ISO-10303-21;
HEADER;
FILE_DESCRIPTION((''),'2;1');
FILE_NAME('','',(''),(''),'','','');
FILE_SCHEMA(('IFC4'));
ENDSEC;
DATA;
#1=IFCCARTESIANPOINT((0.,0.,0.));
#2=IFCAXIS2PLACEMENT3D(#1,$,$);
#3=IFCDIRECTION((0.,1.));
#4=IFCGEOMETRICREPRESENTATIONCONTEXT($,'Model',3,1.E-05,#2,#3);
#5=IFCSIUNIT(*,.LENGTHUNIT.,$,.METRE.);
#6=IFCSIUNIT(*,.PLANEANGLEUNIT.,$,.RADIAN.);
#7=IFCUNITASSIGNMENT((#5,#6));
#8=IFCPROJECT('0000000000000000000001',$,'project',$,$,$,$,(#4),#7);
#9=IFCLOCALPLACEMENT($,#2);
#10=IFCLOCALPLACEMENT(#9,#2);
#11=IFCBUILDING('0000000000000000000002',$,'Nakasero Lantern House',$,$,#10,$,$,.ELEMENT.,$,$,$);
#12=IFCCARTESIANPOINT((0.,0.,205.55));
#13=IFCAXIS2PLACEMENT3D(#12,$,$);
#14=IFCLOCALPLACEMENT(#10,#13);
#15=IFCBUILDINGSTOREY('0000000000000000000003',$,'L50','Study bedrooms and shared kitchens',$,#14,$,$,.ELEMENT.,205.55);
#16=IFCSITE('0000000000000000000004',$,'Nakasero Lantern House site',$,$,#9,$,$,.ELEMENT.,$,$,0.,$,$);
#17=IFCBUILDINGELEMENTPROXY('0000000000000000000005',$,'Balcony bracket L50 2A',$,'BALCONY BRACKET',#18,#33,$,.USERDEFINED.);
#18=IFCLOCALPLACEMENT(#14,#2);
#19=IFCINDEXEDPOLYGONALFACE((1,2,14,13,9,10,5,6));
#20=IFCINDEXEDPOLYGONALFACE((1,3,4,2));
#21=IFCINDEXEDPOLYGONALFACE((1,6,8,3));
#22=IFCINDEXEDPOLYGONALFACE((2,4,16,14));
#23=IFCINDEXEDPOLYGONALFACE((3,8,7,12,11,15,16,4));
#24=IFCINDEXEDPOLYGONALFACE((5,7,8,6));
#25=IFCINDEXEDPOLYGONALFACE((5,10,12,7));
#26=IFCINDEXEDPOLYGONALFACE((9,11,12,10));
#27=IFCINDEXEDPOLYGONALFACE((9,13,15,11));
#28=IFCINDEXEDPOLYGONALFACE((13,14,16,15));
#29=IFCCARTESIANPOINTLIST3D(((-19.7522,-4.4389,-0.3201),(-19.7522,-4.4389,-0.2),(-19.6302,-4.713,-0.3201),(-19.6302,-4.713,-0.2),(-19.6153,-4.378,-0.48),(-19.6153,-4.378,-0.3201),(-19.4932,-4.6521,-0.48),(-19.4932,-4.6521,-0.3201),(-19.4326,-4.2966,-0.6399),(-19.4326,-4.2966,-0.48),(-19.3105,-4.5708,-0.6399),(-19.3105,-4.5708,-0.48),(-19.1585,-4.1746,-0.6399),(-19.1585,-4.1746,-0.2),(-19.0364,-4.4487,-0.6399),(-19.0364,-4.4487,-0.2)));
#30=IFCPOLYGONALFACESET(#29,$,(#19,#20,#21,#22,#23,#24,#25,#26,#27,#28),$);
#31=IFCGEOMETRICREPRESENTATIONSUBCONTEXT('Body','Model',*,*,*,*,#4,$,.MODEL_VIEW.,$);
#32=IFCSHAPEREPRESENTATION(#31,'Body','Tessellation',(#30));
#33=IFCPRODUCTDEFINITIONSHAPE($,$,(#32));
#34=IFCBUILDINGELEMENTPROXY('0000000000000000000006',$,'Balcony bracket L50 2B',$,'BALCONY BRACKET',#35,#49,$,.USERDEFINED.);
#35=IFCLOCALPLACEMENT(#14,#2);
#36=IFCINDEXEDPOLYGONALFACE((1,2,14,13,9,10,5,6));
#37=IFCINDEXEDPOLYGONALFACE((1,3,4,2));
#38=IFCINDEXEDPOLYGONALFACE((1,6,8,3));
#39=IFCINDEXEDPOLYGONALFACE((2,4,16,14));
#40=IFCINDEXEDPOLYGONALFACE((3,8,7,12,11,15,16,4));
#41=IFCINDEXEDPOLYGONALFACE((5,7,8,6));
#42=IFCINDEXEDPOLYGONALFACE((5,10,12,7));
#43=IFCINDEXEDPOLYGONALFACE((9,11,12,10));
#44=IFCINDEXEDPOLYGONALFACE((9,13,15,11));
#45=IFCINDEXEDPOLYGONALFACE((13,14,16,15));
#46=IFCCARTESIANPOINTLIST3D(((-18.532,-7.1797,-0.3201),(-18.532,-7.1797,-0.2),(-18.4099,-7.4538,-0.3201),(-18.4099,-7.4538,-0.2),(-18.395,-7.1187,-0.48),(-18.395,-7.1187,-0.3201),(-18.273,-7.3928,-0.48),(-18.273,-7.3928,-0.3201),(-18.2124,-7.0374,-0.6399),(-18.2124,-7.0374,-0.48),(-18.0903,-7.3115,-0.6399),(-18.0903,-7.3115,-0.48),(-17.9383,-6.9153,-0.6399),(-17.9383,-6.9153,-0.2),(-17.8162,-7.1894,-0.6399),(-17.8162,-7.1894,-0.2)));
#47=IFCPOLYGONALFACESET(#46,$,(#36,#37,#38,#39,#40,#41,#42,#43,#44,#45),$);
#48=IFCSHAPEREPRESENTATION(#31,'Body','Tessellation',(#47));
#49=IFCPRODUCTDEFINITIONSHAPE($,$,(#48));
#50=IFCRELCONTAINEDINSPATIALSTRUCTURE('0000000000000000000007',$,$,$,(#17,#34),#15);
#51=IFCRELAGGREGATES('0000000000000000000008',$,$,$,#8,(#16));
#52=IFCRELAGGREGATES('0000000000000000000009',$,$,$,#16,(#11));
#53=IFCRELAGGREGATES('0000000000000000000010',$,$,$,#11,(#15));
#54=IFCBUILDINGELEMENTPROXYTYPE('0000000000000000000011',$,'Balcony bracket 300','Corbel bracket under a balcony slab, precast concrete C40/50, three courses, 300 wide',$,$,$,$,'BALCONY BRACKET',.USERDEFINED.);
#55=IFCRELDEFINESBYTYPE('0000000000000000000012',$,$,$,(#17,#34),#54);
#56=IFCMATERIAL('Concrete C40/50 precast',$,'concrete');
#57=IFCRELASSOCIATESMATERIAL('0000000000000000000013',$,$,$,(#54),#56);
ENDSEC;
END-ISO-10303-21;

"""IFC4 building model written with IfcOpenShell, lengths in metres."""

from ifc_helpers import new_model, si_unit, direction, frame, origin, place, context, subcontext, project, spatial, polyline, outline, extrude, material, type_object, element, save


model = new_model("IFC4")

# Units and contexts
model_context = context("Model", 3, precision=1e-05, world=origin(), true_north=direction((0.0, 1.0)))
body_context = subcontext(model_context, "Body", "Model", "MODEL_VIEW")
ifc_project = project(units=[si_unit("LENGTHUNIT", "METRE"), si_unit("PLANEANGLEUNIT", "RADIAN")], contexts=[model_context])

# Site, building, storey
site_placement = place(None, origin())
site = spatial("IfcSite", under=ifc_project, at=site_placement, Name="Nakasero Lantern House site", CompositionType="ELEMENT", RefElevation=0.0)
building_placement = place(site_placement, origin())
building = spatial("IfcBuilding", under=site, at=building_placement, Name="Nakasero Lantern House", CompositionType="ELEMENT")
storey_placement = place(building_placement, frame((0.0, 0.0, 205.55)))
storey = spatial("IfcBuildingStorey", under=building, at=storey_placement, Name="L50", Description="Study bedrooms and shared kitchens", CompositionType="ELEMENT", Elevation=205.55)

# Building element proxies
ifc_material_1 = material(Name="Concrete C40/50 precast", Category="concrete")
building_element_proxy_type = type_object("IfcBuildingElementProxyType", Name="Balcony bracket 300", Description="Corbel bracket under a balcony slab, precast concrete C40/50, three courses, 300 wide", ElementType="BALCONY BRACKET", PredefinedType="USERDEFINED", material=ifc_material_1)
for number, where, z_axis, x_axis, name in (
    (1, (-19.0974, -4.3118, -0.2), (0.0, 0.0, 1.0), (-0.913545, -0.406737, 0.0), "Balcony bracket L50 2A"),
    (2, (-17.8772, -7.0525, -0.2), (0.0, 0.0, 1.0), (-0.913545, -0.406737, 0.0), "Balcony bracket L50 2B"),
):
    element("IfcBuildingElementProxy", number, at=place(storey_placement, frame(where, z_axis=z_axis, x_axis=x_axis)), inside=storey, type_object=building_element_proxy_type, Name=name, ObjectType="BALCONY BRACKET", PredefinedType="USERDEFINED", context=body_context, shape_type="SweptSolid", body=[
        extrude(outline(polyline([(0.0, 0.0), (0.6499, 0.0), (0.6499, -0.1201), (0.5, -0.1201), (0.5, -0.28), (0.3, -0.28), (0.3, -0.4399), (0.0, -0.4399), (0.0, 0.0)])), frame((0.0, 0.1499, 0.0), z_axis=(0.0, -1.0, 0.0), x_axis=(1.0, 0.0, 0.0)), (0.0, 0.0, 1.0), 0.3),
    ])

save(model, "model.ifc")
